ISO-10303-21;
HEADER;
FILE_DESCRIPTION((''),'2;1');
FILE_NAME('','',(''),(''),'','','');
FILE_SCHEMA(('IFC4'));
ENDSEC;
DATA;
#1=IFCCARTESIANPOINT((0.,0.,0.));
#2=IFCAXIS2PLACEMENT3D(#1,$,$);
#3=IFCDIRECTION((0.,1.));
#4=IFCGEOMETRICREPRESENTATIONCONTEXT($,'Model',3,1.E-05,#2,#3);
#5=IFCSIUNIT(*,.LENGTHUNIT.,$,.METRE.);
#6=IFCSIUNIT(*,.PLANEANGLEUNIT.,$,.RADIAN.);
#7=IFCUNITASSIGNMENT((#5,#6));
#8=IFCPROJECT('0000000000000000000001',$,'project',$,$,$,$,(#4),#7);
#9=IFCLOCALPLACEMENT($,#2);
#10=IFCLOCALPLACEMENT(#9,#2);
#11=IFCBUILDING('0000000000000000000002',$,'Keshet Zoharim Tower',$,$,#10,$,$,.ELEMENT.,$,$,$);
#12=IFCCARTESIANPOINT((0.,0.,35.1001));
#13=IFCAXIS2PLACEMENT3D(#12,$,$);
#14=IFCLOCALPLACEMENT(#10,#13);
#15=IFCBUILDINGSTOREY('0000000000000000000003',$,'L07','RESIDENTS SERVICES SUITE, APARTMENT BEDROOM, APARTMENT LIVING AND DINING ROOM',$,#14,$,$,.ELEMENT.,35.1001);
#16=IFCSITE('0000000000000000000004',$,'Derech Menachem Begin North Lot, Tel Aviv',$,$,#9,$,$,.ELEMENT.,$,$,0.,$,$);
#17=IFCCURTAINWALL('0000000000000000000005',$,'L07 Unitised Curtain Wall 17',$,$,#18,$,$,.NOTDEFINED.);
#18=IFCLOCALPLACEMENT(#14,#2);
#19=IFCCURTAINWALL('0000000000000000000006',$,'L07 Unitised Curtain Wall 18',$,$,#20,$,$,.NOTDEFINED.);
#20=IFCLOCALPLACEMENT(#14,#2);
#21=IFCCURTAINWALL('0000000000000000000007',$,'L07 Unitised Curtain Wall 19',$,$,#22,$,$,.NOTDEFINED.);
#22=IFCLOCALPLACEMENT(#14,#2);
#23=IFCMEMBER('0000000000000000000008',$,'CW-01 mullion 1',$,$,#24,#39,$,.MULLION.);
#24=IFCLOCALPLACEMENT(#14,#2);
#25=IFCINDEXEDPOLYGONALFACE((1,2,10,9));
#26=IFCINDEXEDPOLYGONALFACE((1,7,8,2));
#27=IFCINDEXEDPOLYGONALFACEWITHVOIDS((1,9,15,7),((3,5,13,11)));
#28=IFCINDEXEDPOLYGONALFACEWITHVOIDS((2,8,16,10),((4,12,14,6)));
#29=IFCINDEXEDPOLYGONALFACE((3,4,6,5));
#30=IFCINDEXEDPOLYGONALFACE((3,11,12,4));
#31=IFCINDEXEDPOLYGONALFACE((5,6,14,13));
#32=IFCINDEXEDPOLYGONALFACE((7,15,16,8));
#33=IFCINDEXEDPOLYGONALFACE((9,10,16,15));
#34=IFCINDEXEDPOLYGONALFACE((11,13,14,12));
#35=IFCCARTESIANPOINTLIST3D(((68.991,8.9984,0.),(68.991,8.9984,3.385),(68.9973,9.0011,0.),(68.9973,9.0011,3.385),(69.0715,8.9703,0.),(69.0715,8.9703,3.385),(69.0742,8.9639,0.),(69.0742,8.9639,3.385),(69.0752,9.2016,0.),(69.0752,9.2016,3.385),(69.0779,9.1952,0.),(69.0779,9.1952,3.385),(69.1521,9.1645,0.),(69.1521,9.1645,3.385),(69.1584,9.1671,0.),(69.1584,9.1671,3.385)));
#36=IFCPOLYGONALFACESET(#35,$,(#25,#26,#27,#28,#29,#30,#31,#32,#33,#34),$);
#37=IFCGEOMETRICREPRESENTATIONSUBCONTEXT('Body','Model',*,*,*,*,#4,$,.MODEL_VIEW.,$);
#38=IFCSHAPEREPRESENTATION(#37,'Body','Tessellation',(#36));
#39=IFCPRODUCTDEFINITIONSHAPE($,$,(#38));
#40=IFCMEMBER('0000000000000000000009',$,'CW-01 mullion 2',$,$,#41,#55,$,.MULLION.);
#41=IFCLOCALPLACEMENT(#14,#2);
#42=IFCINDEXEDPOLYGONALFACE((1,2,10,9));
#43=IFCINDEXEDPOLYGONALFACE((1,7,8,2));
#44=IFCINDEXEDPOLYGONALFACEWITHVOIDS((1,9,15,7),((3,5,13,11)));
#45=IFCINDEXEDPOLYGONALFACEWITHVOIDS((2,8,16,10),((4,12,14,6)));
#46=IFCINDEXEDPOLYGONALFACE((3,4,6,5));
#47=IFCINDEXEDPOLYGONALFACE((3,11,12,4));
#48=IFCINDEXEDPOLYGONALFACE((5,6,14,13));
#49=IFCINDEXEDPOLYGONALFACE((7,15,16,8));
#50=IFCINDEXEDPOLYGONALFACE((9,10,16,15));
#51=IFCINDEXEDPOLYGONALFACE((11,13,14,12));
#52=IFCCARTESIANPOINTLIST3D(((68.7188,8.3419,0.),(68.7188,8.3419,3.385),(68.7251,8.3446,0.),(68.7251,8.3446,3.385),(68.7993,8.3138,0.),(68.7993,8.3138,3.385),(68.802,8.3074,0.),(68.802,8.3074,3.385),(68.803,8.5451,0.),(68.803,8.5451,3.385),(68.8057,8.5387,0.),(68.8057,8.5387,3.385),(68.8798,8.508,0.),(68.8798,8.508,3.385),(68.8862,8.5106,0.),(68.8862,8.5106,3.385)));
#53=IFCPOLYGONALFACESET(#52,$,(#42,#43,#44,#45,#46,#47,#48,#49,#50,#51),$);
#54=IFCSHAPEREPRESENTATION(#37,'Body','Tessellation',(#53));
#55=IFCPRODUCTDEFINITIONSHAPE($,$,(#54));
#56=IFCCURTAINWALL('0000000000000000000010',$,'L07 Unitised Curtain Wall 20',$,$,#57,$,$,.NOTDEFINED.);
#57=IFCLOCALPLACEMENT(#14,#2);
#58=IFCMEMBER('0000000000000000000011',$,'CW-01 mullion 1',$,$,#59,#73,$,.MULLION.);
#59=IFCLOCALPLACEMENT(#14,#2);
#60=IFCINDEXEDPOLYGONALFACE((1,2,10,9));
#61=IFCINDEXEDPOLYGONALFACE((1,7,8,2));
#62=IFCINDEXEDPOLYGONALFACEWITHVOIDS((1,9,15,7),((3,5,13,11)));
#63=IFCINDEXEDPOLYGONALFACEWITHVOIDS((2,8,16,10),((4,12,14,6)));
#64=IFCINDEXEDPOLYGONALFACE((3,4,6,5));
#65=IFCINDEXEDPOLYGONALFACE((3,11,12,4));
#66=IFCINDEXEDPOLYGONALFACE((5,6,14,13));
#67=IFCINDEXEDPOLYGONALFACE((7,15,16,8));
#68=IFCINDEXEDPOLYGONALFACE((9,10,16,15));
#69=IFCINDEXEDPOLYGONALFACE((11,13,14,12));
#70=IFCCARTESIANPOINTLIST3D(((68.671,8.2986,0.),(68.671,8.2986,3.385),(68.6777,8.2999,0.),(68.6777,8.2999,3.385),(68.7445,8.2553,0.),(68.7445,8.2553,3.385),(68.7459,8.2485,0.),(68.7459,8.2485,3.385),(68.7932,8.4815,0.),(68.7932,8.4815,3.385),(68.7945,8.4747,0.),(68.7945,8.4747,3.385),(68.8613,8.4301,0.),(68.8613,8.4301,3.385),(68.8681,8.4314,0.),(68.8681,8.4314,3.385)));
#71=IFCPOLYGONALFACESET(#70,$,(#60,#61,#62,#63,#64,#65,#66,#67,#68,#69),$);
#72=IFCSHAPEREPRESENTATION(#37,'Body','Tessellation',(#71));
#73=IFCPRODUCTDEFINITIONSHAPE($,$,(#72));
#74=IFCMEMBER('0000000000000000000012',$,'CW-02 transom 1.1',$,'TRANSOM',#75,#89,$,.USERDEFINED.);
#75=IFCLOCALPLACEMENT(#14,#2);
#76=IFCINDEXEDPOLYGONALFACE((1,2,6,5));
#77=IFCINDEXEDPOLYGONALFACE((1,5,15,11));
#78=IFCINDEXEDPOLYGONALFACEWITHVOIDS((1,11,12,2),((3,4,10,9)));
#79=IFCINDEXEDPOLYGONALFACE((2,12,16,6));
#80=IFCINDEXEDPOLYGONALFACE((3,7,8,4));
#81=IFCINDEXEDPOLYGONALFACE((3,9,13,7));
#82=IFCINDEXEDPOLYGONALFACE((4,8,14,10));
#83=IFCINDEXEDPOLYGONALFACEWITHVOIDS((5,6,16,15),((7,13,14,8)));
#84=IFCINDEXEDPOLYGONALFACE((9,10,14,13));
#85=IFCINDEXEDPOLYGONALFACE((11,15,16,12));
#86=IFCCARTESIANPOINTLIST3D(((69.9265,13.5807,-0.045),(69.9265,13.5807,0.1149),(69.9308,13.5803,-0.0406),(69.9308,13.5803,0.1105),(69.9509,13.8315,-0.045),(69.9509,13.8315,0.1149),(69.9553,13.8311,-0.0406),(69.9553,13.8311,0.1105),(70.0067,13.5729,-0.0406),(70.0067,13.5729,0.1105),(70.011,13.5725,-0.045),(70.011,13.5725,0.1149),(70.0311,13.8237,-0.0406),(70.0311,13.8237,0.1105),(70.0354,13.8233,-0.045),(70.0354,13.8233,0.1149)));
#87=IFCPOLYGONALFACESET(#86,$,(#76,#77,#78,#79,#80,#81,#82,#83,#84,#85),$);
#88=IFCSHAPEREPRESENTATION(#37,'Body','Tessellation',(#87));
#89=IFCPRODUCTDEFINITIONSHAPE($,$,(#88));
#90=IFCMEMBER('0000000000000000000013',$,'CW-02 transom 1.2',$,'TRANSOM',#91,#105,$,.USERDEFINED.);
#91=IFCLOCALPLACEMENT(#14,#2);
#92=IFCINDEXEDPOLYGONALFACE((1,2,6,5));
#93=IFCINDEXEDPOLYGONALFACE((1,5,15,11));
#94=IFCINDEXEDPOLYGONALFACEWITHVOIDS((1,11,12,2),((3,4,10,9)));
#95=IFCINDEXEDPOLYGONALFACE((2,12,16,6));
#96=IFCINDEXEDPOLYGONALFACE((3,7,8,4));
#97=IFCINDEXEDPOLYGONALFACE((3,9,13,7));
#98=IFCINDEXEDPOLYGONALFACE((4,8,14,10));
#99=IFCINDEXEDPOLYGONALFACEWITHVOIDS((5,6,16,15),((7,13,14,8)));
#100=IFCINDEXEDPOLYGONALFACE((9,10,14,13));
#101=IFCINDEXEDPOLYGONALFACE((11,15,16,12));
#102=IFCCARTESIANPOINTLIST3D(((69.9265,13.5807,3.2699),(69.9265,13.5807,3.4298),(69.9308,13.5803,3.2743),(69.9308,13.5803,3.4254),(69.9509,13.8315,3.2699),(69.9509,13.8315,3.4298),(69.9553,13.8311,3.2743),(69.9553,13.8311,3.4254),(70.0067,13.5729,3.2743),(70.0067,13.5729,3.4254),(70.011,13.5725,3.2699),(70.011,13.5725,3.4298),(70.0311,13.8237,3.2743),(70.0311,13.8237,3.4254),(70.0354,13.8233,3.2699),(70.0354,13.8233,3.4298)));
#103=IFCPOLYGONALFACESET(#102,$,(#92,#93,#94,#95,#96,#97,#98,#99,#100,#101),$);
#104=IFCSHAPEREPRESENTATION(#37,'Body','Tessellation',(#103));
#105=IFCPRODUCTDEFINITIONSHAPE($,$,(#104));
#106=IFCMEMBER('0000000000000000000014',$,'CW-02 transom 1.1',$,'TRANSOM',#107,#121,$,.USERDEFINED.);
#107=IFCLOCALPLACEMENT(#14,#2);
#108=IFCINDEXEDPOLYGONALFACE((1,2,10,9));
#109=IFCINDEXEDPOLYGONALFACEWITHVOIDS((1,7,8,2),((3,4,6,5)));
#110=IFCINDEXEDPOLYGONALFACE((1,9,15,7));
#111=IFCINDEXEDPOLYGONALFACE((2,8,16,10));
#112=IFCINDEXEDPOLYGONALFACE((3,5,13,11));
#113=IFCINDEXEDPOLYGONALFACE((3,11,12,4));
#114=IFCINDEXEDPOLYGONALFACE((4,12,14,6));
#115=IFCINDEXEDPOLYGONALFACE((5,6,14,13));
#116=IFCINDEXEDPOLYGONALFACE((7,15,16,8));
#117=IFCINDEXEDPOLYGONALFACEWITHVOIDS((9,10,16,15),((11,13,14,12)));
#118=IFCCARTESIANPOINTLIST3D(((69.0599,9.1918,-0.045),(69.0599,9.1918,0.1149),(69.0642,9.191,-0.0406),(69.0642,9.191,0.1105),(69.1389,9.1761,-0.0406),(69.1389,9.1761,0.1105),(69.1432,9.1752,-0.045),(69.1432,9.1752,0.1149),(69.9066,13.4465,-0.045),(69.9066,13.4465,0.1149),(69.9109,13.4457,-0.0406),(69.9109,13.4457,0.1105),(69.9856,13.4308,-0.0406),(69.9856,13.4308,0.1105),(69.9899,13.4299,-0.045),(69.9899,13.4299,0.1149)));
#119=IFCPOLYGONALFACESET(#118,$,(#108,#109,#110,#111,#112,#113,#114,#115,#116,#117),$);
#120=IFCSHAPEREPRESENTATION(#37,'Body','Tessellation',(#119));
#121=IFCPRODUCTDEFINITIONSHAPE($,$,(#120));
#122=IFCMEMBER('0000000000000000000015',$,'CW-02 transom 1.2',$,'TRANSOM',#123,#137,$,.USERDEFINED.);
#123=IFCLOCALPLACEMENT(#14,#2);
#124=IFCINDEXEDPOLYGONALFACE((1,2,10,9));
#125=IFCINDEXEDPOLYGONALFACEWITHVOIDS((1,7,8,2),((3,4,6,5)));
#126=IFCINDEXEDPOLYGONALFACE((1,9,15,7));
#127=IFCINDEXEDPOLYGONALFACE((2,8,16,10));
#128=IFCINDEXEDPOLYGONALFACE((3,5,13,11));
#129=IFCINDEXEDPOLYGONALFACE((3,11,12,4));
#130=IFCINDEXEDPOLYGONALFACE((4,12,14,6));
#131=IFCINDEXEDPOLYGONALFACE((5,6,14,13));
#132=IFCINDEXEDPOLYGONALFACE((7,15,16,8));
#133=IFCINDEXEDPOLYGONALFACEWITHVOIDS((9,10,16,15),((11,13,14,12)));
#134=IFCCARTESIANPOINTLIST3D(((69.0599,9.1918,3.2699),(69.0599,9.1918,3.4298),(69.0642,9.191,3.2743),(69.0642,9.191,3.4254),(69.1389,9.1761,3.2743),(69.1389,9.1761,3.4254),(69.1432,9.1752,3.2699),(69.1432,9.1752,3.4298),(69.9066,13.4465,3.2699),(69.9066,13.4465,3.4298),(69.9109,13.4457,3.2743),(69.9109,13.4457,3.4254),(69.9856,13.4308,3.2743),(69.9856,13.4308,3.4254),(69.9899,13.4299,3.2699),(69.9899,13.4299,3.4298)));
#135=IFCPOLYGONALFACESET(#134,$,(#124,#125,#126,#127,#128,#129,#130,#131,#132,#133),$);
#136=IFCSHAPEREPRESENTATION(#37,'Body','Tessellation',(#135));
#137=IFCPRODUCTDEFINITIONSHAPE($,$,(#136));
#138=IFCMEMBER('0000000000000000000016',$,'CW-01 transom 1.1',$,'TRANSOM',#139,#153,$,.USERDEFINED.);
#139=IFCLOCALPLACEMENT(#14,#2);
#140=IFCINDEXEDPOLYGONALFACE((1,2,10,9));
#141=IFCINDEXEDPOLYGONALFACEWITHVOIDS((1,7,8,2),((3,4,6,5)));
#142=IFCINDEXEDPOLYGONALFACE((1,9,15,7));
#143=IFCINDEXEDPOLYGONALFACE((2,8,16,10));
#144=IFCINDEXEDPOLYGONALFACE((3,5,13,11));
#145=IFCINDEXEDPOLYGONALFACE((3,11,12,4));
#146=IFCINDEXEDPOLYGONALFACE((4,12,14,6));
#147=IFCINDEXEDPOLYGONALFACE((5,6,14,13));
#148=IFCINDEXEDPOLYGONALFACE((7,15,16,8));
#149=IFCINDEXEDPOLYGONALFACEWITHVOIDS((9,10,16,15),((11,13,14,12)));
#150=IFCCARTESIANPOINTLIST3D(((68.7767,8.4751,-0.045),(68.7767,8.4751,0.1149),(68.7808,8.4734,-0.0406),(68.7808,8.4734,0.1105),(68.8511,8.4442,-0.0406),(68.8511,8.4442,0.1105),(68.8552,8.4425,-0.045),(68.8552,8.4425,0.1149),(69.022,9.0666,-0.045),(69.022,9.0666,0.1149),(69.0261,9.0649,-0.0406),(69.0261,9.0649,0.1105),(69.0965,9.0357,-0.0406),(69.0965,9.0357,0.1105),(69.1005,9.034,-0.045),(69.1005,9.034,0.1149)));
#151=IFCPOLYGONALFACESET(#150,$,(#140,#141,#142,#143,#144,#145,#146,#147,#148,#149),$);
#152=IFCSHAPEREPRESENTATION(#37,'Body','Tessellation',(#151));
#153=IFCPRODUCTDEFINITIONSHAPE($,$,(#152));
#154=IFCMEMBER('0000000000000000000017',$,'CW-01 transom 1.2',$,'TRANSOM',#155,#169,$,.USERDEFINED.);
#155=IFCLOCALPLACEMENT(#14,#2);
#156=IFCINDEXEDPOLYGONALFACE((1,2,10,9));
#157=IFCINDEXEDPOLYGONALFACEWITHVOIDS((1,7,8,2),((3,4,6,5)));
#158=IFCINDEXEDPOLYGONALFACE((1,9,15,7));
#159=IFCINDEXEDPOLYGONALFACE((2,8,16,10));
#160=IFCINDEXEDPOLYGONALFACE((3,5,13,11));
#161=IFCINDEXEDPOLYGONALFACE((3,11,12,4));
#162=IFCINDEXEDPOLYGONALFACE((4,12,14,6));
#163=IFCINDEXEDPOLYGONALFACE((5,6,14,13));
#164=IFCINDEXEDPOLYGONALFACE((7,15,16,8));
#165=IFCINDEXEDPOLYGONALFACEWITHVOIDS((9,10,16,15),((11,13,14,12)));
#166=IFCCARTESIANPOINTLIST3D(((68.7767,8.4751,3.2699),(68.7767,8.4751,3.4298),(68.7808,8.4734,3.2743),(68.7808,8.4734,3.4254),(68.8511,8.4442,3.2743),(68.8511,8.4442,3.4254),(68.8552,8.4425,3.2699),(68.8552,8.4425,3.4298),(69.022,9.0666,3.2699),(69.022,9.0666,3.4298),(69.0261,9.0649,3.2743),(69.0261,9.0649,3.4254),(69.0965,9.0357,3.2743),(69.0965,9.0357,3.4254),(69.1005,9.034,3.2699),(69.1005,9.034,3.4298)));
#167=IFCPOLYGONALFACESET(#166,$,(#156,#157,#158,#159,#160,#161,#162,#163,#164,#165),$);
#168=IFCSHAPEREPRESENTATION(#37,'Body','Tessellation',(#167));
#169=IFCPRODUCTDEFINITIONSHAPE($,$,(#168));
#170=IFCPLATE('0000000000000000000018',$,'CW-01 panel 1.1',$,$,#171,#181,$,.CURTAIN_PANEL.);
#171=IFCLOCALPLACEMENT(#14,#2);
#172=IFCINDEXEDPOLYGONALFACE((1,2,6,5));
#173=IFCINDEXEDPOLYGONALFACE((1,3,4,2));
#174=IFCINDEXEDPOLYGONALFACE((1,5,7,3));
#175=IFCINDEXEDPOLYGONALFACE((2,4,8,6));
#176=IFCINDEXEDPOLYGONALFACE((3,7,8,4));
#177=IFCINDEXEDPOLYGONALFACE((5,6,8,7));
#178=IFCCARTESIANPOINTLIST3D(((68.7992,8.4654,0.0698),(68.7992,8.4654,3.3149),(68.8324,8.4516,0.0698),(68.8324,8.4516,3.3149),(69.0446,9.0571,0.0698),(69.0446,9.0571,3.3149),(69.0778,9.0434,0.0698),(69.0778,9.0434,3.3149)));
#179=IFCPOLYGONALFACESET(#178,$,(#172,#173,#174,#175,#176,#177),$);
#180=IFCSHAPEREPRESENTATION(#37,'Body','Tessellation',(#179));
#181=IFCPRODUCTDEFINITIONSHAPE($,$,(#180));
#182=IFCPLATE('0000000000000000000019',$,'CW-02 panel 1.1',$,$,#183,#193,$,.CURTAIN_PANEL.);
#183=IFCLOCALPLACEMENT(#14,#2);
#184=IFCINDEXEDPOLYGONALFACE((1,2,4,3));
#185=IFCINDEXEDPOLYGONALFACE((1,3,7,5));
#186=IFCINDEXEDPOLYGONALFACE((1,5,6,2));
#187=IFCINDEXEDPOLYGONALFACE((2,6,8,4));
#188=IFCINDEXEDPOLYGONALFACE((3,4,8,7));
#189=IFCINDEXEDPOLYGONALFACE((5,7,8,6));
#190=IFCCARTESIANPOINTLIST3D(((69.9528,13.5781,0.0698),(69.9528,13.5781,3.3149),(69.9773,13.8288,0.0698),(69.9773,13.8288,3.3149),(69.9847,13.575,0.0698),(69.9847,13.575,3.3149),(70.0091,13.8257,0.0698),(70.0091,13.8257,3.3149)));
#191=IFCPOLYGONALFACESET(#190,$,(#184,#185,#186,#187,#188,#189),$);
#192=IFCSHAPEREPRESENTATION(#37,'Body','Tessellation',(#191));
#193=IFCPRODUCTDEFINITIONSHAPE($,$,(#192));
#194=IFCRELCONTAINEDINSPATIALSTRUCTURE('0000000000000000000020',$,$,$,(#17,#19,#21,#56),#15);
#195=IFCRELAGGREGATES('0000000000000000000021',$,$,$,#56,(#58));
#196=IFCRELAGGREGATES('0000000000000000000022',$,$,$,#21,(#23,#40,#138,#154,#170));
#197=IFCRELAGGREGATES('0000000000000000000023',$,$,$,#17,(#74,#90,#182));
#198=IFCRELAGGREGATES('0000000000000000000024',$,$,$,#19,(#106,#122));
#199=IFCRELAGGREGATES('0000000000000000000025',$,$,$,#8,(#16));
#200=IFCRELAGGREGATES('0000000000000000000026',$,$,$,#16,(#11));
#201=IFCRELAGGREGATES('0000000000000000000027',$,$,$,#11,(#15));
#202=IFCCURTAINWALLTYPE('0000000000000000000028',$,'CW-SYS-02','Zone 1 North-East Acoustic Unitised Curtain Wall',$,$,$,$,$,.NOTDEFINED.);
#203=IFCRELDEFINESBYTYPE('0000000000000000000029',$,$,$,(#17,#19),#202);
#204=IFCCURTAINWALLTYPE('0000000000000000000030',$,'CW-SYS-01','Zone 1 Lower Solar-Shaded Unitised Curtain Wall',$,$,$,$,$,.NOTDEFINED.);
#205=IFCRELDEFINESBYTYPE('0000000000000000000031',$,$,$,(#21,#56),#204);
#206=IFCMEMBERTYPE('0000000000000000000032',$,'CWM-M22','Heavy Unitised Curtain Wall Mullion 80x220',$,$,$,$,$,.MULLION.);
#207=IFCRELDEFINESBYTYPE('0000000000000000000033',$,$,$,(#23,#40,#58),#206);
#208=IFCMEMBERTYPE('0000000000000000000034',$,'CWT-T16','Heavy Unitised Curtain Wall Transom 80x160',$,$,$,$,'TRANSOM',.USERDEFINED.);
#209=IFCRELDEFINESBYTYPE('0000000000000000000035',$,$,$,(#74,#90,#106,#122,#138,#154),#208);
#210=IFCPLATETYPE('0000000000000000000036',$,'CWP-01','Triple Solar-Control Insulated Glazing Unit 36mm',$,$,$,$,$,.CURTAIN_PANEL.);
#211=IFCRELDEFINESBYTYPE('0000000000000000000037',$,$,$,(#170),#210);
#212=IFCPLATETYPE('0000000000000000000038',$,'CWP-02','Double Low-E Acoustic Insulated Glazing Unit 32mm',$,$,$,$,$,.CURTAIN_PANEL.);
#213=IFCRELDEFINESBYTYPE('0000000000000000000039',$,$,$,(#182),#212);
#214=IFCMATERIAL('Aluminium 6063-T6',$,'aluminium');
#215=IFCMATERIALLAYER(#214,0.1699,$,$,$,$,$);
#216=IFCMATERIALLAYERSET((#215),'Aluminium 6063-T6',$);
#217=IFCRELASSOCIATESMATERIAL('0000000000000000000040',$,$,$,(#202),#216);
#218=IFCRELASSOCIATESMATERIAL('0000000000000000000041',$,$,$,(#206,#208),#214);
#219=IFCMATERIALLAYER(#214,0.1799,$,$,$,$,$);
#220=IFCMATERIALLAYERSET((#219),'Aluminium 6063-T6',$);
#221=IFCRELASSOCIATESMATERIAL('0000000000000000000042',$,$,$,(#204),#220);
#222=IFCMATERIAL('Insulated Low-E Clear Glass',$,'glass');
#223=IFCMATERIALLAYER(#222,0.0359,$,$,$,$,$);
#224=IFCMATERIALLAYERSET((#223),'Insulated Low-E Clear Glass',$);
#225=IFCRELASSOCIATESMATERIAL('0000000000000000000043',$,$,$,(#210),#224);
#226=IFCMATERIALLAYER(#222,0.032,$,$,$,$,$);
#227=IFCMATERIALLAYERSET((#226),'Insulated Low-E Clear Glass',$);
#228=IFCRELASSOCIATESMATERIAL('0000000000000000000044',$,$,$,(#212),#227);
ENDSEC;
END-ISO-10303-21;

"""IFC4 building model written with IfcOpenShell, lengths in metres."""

from ifc_helpers import new_model, si_unit, direction, frame, origin, origin_2d, place, context, subcontext, project, spatial, rectangle, hollow_rectangle, extrude, material, layer, layer_set, material_profile, profile_set, type_object, element, aggregate, save


model = new_model("IFC4")

# Units and contexts
model_context = context("Model", 3, precision=1e-05, world=origin(), true_north=direction((0.0, 1.0)))
body_context = subcontext(model_context, "Body", "Model", "MODEL_VIEW")
ifc_project = project(units=[si_unit("LENGTHUNIT", "METRE"), si_unit("PLANEANGLEUNIT", "RADIAN")], contexts=[model_context])

# Site, building, storey
site_placement = place(None, origin())
site = spatial("IfcSite", under=ifc_project, at=site_placement, Name="Derech Menachem Begin North Lot, Tel Aviv", CompositionType="ELEMENT", RefElevation=0.0)
building_placement = place(site_placement, origin())
building = spatial("IfcBuilding", under=site, at=building_placement, Name="Keshet Zoharim Tower", CompositionType="ELEMENT")
storey_placement = place(building_placement, frame((0.0, 0.0, 35.1001)))
storey = spatial("IfcBuildingStorey", under=building, at=storey_placement, Name="L07", Description="RESIDENTS SERVICES SUITE, APARTMENT BEDROOM, APARTMENT LIVING AND DINING ROOM", CompositionType="ELEMENT", Elevation=35.1001)

# Shared definitions
ifc_material_1 = material(Name="Aluminium 6063-T6", Category="aluminium")
ifc_layer_1 = layer(ifc_material_1, 0.1699)
ifc_layer_set_1 = layer_set([ifc_layer_1], Name="Aluminium 6063-T6")
curtain_wall_type_1 = type_object("IfcCurtainWallType", Name="CW-SYS-02", Description="Zone 1 North-East Acoustic Unitised Curtain Wall", PredefinedType="NOTDEFINED", material=ifc_layer_set_1)
ifc_material_profile_1 = material_profile(ifc_material_1, hollow_rectangle(XDim=0.0901, YDim=0.22, WallThickness=0.0049, at=origin_2d()), Name="MUL-90x220")
ifc_profile_set_1 = profile_set([ifc_material_profile_1], Name="Aluminium 6063-T6")
member_type_1 = type_object("IfcMemberType", Name="CWM-M22", Description="Heavy Unitised Curtain Wall Mullion 80x220", PredefinedType="MULLION", material=ifc_profile_set_1)

# Curtain walls, members
curtain_wall_1_placement = place(storey_placement, origin())
curtain_wall_1 = element("IfcCurtainWall", 1, at=curtain_wall_1_placement, inside=storey, type_object=curtain_wall_type_1, Name="L07 Unitised Curtain Wall 17", PredefinedType="NOTDEFINED")
curtain_wall_2_placement = place(storey_placement, origin())
curtain_wall_2 = element("IfcCurtainWall", 2, at=curtain_wall_2_placement, inside=storey, type_object=curtain_wall_type_1, Name="L07 Unitised Curtain Wall 18", PredefinedType="NOTDEFINED")
ifc_layer_2 = layer(ifc_material_1, 0.1799)
ifc_layer_set_2 = layer_set([ifc_layer_2], Name="Aluminium 6063-T6")
curtain_wall_type_2 = type_object("IfcCurtainWallType", Name="CW-SYS-01", Description="Zone 1 Lower Solar-Shaded Unitised Curtain Wall", PredefinedType="NOTDEFINED", material=ifc_layer_set_2)
curtain_wall_3_placement = place(storey_placement, origin())
curtain_wall_3 = element("IfcCurtainWall", 3, at=curtain_wall_3_placement, inside=storey, type_object=curtain_wall_type_2, Name="L07 Unitised Curtain Wall 19", PredefinedType="NOTDEFINED")
member_1_placement = place(storey_placement, frame((69.0747, 9.0828, 0.0), z_axis=(0.0, 0.0, 1.0), x_axis=(0.92372, -0.383068, 0.0)))
member_1 = element("IfcMember", 4, at=member_1_placement, type_object=member_type_1, Name="CW-01 mullion 1", PredefinedType="MULLION", context=body_context, shape_type="SweptSolid", body=[
    extrude(hollow_rectangle(XDim=0.0901, YDim=0.22, WallThickness=0.0049, at=origin_2d()), origin(), (0.0, 0.0, 1.0), 3.385),
])
member_2_placement = place(storey_placement, frame((68.8025, 8.4263, 0.0), z_axis=(0.0, 0.0, 1.0), x_axis=(0.92372, -0.383068, 0.0)))
member_2 = element("IfcMember", 5, at=member_2_placement, type_object=member_type_1, Name="CW-01 mullion 2", PredefinedType="MULLION", context=body_context, shape_type="SweptSolid", body=[
    extrude(hollow_rectangle(XDim=0.0901, YDim=0.22, WallThickness=0.0049, at=origin_2d()), origin(), (0.0, 0.0, 1.0), 3.385),
])

# Curtain wall, member
curtain_wall_4_placement = place(storey_placement, origin())
curtain_wall_4 = element("IfcCurtainWall", 6, at=curtain_wall_4_placement, inside=storey, type_object=curtain_wall_type_2, Name="L07 Unitised Curtain Wall 20", PredefinedType="NOTDEFINED")
member_3_placement = place(storey_placement, frame((68.7695, 8.365, 0.0), z_axis=(0.0, 0.0, 1.0), x_axis=(0.831474, -0.555563, 0.0)))
member_3 = element("IfcMember", 7, at=member_3_placement, type_object=member_type_1, Name="CW-01 mullion 1", PredefinedType="MULLION", context=body_context, shape_type="SweptSolid", body=[
    extrude(hollow_rectangle(XDim=0.0901, YDim=0.22, WallThickness=0.0049, at=origin_2d()), origin(), (0.0, 0.0, 1.0), 3.385),
])
aggregate(curtain_wall_4, [member_3])

# Members
ifc_material_profile_2 = material_profile(ifc_material_1, hollow_rectangle(XDim=0.085, YDim=0.1599, WallThickness=0.0044, at=origin_2d()), Name="TRN-85x160")
ifc_profile_set_2 = profile_set([ifc_material_profile_2], Name="Aluminium 6063-T6")
member_type_2 = type_object("IfcMemberType", Name="CWT-T16", Description="Heavy Unitised Curtain Wall Transom 80x160", ElementType="TRANSOM", PredefinedType="USERDEFINED", material=ifc_profile_set_2)
member_4_placement = place(storey_placement, frame((69.9932, 13.8274, 0.0349), z_axis=(-0.096913, -0.995293, 0.0), x_axis=(0.995293, -0.096913, 0.0)))
member_4 = element("IfcMember", 8, at=member_4_placement, type_object=member_type_2, Name="CW-02 transom 1.1", ObjectType="TRANSOM", PredefinedType="USERDEFINED", context=body_context, shape_type="SweptSolid", body=[
    extrude(hollow_rectangle(XDim=0.085, YDim=0.1599, WallThickness=0.0044, at=origin_2d()), origin(), (0.0, 0.0, 1.0), 0.252),
])
member_5_placement = place(storey_placement, frame((69.9932, 13.8274, 3.3499), z_axis=(-0.096913, -0.995293, 0.0), x_axis=(0.995293, -0.096913, 0.0)))
member_5 = element("IfcMember", 9, at=member_5_placement, type_object=member_type_2, Name="CW-02 transom 1.2", ObjectType="TRANSOM", PredefinedType="USERDEFINED", context=body_context, shape_type="SweptSolid", body=[
    extrude(hollow_rectangle(XDim=0.085, YDim=0.1599, WallThickness=0.0044, at=origin_2d()), origin(), (0.0, 0.0, 1.0), 0.252),
])
member_6_placement = place(storey_placement, frame((69.9482, 13.4382, 0.0349), z_axis=(-0.195174, -0.980769, 0.0), x_axis=(0.980769, -0.195174, 0.0)))
member_6 = element("IfcMember", 10, at=member_6_placement, type_object=member_type_2, Name="CW-02 transom 1.1", ObjectType="TRANSOM", PredefinedType="USERDEFINED", context=body_context, shape_type="SweptSolid", body=[
    extrude(hollow_rectangle(XDim=0.085, YDim=0.1599, WallThickness=0.0044, at=origin_2d()), origin(), (0.0, 0.0, 1.0), 4.3381),
])
member_7_placement = place(storey_placement, frame((69.9482, 13.4382, 3.3499), z_axis=(-0.195174, -0.980769, 0.0), x_axis=(0.980769, -0.195174, 0.0)))
member_7 = element("IfcMember", 11, at=member_7_placement, type_object=member_type_2, Name="CW-02 transom 1.2", ObjectType="TRANSOM", PredefinedType="USERDEFINED", context=body_context, shape_type="SweptSolid", body=[
    extrude(hollow_rectangle(XDim=0.085, YDim=0.1599, WallThickness=0.0044, at=origin_2d()), origin(), (0.0, 0.0, 1.0), 4.3381),
])
member_8_placement = place(storey_placement, frame((69.0613, 9.0503, 0.0349), z_axis=(-0.383126, -0.923696, 0.0), x_axis=(0.923696, -0.383126, 0.0)))
member_8 = element("IfcMember", 12, at=member_8_placement, type_object=member_type_2, Name="CW-01 transom 1.1", ObjectType="TRANSOM", PredefinedType="USERDEFINED", context=body_context, shape_type="SweptSolid", body=[
    extrude(hollow_rectangle(XDim=0.085, YDim=0.1599, WallThickness=0.0044, at=origin_2d()), origin(), (0.0, 0.0, 1.0), 0.6404),
])
member_9_placement = place(storey_placement, frame((69.0613, 9.0503, 3.3499), z_axis=(-0.383126, -0.923696, 0.0), x_axis=(0.923696, -0.383126, 0.0)))
member_9 = element("IfcMember", 13, at=member_9_placement, type_object=member_type_2, Name="CW-01 transom 1.2", ObjectType="TRANSOM", PredefinedType="USERDEFINED", context=body_context, shape_type="SweptSolid", body=[
    extrude(hollow_rectangle(XDim=0.085, YDim=0.1599, WallThickness=0.0044, at=origin_2d()), origin(), (0.0, 0.0, 1.0), 0.6404),
])

# Plates
ifc_material_2 = material(Name="Insulated Low-E Clear Glass", Category="glass")
ifc_layer_3 = layer(ifc_material_2, 0.0359)
ifc_layer_set_3 = layer_set([ifc_layer_3], Name="Insulated Low-E Clear Glass")
plate_type_1 = type_object("IfcPlateType", Name="CWP-01", Description="Triple Solar-Control Insulated Glazing Unit 36mm", PredefinedType="CURTAIN_PANEL", material=ifc_layer_set_3)
plate_1_placement = place(storey_placement, frame((68.9385, 8.7544, 0.0698), z_axis=(0.0, 0.0, 1.0), x_axis=(-0.383068, -0.92372, 0.0)))
plate_1 = element("IfcPlate", 14, at=plate_1_placement, type_object=plate_type_1, Name="CW-01 panel 1.1", PredefinedType="CURTAIN_PANEL", context=body_context, shape_type="SweptSolid", body=[
    extrude(rectangle(XDim=0.6406, YDim=0.0359, at=origin_2d()), origin(), (0.0, 0.0, 1.0), 3.2451),
])
aggregate(curtain_wall_3, [member_1, member_2, member_8, member_9, plate_1])
ifc_layer_4 = layer(ifc_material_2, 0.032)
ifc_layer_set_4 = layer_set([ifc_layer_4], Name="Insulated Low-E Clear Glass")
plate_type_2 = type_object("IfcPlateType", Name="CWP-02", Description="Double Low-E Acoustic Insulated Glazing Unit 32mm", PredefinedType="CURTAIN_PANEL", material=ifc_layer_set_4)
plate_2_placement = place(storey_placement, frame((69.981, 13.7019, 0.0698), z_axis=(0.0, 0.0, 1.0), x_axis=(-0.096977, -0.995287, 0.0)))
plate_2 = element("IfcPlate", 15, at=plate_2_placement, type_object=plate_type_2, Name="CW-02 panel 1.1", PredefinedType="CURTAIN_PANEL", context=body_context, shape_type="SweptSolid", body=[
    extrude(rectangle(XDim=0.252, YDim=0.032, at=origin_2d()), origin(), (0.0, 0.0, 1.0), 3.2451),
])
aggregate(curtain_wall_1, [member_4, member_5, plate_2])
aggregate(curtain_wall_2, [member_6, member_7])

save(model, "model.ifc")
